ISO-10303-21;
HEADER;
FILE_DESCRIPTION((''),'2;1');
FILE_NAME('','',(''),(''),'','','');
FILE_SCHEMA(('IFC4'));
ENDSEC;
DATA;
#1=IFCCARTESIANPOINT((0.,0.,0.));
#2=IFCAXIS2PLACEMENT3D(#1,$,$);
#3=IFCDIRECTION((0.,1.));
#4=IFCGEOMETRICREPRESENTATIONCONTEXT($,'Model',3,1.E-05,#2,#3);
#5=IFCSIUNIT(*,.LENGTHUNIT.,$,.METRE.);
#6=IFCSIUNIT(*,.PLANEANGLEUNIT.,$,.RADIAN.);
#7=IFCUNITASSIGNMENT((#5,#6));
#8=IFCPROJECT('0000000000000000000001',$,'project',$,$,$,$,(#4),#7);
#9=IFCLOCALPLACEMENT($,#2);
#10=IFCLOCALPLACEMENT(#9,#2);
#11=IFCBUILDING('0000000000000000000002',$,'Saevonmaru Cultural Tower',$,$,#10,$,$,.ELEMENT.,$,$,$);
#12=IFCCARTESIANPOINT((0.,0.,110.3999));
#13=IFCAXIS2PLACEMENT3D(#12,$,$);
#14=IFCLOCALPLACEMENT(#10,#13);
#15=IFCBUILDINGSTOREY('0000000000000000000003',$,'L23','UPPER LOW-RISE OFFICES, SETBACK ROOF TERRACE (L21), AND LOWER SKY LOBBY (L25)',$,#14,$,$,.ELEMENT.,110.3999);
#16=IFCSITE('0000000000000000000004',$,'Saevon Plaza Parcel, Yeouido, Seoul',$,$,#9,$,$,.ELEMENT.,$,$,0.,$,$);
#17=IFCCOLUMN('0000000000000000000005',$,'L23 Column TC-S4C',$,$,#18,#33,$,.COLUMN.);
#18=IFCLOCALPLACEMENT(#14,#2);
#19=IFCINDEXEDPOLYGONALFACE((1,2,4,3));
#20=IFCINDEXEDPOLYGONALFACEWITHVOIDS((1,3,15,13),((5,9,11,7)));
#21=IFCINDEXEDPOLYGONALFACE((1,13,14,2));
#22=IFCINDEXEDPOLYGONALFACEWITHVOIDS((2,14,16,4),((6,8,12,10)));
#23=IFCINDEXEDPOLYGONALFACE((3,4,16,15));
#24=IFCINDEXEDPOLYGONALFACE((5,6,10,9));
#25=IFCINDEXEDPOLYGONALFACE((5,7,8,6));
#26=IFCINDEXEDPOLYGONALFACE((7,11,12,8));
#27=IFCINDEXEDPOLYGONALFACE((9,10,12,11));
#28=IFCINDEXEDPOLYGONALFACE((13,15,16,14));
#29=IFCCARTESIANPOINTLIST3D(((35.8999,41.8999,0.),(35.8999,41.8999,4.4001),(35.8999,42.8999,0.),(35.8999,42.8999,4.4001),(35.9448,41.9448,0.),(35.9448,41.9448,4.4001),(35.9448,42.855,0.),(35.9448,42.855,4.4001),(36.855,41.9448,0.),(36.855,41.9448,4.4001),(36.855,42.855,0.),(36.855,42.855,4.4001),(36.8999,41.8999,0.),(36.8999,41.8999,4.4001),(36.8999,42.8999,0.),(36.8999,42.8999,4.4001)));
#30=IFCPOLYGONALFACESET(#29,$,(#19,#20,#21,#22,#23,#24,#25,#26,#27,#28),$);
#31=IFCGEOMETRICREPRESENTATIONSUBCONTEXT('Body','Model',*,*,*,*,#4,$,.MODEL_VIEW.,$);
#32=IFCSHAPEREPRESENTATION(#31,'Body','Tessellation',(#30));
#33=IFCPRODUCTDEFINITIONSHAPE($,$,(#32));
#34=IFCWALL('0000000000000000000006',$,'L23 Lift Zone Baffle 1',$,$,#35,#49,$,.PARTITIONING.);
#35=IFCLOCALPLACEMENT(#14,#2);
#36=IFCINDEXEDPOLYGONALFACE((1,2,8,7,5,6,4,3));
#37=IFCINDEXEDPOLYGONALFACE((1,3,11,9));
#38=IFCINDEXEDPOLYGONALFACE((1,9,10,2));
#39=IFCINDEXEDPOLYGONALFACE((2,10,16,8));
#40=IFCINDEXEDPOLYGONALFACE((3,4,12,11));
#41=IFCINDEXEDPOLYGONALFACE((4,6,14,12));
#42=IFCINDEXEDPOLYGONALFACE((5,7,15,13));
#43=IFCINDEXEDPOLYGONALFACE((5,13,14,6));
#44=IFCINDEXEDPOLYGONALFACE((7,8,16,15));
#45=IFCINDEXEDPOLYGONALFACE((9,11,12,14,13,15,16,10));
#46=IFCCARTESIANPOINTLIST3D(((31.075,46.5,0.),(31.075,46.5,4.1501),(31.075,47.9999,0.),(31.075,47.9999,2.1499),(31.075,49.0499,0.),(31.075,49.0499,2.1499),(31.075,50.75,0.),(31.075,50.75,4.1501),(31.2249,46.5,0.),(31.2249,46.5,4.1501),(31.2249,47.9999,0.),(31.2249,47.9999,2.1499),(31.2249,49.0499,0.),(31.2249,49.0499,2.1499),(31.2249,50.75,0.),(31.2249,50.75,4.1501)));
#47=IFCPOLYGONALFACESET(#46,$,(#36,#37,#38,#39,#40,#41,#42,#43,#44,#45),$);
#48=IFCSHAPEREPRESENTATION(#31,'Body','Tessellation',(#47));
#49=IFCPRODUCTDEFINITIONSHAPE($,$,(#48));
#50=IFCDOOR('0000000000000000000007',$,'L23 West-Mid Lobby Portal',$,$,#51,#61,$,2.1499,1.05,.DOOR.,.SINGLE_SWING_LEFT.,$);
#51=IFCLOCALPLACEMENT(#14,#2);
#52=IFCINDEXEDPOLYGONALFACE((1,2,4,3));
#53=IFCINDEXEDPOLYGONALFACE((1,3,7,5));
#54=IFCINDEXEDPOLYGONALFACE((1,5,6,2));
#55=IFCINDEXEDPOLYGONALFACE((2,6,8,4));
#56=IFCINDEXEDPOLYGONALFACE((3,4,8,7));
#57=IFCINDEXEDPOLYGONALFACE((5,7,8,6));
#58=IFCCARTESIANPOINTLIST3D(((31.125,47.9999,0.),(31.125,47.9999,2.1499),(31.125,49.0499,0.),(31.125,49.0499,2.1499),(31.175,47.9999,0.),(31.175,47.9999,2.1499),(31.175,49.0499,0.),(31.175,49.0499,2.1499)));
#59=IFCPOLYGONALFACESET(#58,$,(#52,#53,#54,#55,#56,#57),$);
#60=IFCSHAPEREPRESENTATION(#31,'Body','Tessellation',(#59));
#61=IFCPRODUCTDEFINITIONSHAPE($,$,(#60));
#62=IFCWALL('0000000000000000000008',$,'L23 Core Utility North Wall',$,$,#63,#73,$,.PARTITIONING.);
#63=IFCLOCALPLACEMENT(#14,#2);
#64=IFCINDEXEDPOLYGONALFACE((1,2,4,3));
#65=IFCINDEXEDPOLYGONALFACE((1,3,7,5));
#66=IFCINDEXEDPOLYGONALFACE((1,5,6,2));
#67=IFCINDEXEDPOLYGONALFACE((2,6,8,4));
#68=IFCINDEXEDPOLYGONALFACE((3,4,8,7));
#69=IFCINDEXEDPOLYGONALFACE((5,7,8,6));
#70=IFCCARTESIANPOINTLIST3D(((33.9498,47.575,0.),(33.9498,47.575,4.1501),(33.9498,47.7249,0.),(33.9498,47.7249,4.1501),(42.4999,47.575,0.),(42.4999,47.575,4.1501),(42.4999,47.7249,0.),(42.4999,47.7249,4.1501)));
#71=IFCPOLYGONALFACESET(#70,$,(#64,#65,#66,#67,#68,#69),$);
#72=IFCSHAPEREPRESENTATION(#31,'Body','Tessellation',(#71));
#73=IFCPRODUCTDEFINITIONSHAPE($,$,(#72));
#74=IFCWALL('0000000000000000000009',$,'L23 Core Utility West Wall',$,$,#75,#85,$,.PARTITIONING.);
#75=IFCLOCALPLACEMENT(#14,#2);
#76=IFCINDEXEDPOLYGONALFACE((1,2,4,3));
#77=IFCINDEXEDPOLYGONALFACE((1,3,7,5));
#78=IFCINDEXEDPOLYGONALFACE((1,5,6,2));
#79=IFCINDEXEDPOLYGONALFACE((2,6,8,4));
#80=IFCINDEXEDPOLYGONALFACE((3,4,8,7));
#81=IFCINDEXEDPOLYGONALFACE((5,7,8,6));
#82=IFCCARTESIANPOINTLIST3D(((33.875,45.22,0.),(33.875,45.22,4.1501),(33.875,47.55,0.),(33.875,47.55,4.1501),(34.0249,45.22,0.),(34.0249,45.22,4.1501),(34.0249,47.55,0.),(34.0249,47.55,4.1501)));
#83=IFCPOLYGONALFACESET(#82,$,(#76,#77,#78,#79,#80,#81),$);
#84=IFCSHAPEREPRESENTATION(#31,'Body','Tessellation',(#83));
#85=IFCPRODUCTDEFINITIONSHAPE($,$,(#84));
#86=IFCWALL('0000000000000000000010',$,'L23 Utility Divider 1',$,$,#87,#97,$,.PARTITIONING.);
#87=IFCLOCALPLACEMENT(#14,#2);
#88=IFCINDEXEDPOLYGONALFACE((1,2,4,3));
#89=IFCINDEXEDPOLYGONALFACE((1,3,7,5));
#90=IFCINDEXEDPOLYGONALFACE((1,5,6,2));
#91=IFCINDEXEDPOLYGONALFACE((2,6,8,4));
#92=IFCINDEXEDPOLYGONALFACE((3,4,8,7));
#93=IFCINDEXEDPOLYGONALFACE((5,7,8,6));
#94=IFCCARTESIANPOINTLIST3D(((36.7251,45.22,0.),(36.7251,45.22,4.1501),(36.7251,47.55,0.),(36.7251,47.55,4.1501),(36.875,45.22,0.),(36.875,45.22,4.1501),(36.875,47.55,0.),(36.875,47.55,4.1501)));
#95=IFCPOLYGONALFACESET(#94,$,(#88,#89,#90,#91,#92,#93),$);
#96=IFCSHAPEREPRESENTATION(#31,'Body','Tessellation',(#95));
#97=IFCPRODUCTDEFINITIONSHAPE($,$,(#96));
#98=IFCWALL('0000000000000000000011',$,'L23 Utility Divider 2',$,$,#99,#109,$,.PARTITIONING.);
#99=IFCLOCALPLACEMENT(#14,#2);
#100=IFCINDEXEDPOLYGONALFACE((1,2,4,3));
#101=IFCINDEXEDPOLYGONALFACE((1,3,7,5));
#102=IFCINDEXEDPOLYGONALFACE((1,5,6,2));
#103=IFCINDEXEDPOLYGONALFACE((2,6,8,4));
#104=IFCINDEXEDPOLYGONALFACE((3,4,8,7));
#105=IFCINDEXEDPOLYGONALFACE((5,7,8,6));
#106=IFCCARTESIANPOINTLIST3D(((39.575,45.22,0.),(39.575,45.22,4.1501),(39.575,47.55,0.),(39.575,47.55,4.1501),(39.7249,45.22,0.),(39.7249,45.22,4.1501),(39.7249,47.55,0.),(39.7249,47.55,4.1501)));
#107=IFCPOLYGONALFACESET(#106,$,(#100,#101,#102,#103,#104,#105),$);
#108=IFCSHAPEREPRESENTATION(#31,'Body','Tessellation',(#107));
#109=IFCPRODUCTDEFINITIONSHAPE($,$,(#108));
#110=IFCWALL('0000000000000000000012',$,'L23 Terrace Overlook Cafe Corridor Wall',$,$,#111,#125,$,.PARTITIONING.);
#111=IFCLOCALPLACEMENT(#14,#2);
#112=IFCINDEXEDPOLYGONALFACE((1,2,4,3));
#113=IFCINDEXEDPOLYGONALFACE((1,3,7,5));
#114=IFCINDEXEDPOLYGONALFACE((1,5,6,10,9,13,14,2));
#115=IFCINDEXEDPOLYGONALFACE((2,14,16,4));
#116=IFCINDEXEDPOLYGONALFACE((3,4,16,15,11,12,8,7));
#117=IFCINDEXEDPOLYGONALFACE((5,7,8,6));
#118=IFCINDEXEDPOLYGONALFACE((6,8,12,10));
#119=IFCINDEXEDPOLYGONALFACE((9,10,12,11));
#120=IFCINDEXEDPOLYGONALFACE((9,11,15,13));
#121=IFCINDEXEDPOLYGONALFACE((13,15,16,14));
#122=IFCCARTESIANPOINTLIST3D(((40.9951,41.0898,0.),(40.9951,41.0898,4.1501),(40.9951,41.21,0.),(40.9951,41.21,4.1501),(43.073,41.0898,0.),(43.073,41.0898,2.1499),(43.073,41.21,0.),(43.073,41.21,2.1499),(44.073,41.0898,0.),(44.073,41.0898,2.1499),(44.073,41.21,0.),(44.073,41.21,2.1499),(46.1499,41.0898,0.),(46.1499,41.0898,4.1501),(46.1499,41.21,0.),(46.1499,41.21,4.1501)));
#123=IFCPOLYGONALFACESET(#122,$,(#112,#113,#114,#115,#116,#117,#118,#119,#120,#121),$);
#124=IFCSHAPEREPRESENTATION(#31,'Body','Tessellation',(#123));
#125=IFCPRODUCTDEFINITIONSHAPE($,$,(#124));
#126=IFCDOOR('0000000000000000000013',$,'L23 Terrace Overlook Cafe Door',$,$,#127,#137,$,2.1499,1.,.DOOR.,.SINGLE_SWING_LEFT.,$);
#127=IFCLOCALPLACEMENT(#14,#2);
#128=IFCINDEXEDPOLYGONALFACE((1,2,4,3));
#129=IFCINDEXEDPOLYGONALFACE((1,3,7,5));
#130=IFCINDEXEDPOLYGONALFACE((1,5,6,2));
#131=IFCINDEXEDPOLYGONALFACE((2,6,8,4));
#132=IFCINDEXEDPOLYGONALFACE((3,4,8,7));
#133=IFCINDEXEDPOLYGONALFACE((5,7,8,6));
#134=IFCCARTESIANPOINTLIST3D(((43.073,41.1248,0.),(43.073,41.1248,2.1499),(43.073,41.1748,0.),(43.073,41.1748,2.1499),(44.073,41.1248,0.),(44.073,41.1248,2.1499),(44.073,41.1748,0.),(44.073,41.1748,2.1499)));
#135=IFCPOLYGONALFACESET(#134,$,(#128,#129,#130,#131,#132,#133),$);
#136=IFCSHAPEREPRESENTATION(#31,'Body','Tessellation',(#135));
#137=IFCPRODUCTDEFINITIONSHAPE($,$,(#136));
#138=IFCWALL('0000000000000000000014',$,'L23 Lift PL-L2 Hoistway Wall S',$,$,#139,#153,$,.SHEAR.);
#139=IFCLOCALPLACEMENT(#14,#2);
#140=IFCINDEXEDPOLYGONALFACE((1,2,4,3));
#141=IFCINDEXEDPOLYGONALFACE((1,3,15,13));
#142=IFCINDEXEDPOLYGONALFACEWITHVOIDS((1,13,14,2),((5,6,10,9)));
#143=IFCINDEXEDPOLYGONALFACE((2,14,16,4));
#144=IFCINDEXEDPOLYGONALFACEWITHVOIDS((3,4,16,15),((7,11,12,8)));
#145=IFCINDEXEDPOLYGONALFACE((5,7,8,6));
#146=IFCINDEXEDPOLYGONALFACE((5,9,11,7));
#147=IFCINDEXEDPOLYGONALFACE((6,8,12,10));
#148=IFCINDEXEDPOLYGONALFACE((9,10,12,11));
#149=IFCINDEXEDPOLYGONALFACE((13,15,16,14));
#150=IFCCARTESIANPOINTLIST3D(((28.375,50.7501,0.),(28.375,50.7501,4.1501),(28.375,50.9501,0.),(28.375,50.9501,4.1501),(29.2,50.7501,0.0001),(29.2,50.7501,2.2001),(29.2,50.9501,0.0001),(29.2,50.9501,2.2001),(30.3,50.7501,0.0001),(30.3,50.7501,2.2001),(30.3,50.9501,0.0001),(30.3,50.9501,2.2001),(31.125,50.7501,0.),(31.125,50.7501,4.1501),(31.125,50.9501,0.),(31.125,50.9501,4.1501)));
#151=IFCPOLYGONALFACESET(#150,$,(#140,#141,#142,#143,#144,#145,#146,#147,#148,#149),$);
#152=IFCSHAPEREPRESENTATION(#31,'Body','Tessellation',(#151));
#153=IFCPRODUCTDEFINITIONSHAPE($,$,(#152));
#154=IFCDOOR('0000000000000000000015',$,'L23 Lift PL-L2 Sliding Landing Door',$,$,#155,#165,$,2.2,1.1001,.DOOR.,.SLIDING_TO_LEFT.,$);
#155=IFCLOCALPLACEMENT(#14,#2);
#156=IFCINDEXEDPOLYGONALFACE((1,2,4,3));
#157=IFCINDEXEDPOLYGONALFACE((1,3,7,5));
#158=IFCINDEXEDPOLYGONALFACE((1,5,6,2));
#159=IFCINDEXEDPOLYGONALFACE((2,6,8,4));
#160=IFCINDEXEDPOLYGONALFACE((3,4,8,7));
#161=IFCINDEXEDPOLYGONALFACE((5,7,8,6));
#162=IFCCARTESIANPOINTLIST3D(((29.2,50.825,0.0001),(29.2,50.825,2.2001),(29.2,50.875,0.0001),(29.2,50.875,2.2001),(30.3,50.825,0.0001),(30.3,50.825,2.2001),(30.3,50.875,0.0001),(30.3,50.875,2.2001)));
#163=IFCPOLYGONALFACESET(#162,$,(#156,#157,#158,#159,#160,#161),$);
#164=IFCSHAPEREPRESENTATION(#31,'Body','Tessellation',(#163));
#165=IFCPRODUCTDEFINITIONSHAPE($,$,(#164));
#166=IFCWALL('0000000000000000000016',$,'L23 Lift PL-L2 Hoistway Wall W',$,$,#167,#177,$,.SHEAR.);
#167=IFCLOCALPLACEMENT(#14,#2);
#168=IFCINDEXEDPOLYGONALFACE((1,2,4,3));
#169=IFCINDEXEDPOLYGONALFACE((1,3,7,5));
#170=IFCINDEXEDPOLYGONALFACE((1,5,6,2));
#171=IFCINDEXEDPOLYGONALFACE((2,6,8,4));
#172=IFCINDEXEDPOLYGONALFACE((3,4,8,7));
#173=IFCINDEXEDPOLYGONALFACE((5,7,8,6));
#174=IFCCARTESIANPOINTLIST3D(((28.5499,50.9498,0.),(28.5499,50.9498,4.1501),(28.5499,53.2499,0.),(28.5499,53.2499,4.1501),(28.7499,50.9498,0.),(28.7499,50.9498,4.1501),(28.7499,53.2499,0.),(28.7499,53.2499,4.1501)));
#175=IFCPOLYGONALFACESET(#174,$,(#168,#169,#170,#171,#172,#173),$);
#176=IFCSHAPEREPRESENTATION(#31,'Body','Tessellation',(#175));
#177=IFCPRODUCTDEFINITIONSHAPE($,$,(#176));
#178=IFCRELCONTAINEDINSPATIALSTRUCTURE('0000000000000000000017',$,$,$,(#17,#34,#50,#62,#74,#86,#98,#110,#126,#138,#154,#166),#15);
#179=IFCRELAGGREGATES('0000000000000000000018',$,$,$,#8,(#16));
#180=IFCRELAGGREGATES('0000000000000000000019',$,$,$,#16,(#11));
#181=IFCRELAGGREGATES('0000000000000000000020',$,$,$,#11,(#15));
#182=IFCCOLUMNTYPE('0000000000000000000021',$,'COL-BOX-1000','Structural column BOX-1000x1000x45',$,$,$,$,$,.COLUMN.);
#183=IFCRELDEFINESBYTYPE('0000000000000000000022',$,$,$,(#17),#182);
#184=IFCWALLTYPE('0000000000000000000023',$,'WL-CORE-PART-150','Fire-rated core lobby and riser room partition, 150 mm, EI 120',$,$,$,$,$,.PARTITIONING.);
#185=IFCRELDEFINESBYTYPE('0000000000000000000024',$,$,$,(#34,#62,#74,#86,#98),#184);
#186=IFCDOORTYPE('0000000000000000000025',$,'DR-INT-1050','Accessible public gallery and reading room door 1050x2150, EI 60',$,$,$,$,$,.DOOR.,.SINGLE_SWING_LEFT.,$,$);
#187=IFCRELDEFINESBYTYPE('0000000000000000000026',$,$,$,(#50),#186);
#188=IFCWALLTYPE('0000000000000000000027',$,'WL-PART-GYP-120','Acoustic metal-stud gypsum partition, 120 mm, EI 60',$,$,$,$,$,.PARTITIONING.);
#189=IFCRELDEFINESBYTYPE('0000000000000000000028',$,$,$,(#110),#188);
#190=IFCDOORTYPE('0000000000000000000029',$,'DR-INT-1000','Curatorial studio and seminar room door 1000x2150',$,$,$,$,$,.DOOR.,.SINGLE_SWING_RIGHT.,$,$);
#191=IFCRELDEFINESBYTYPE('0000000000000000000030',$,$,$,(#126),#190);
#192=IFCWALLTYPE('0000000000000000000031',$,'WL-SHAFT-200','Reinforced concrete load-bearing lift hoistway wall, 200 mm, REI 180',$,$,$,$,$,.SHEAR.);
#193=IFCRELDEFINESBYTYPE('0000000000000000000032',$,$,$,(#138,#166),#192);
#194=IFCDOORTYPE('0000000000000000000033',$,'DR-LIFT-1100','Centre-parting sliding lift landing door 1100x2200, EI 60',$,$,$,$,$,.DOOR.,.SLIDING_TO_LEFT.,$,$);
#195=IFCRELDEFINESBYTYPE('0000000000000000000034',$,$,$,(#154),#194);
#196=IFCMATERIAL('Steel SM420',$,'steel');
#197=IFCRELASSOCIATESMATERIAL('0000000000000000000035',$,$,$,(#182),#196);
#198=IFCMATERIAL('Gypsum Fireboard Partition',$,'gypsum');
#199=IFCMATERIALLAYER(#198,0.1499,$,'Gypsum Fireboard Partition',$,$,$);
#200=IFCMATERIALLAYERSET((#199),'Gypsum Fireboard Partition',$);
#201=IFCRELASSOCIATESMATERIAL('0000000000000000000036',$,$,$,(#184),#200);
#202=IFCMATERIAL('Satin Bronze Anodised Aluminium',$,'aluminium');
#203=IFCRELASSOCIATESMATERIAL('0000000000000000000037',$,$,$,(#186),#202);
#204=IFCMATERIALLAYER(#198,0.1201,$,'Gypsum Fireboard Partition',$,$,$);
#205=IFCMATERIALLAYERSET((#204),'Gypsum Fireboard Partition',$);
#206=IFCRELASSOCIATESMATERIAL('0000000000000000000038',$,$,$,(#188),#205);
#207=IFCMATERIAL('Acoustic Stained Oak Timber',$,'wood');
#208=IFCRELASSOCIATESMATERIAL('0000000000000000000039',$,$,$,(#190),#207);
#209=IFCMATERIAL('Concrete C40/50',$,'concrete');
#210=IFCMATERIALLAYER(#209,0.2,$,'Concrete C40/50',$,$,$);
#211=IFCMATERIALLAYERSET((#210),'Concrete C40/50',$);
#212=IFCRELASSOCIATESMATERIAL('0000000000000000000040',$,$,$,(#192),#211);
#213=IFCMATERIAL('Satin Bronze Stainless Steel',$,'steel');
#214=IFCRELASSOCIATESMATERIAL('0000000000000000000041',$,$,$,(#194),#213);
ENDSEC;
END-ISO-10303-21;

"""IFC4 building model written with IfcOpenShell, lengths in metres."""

from ifc_helpers import new_model, si_unit, direction, frame, frame_2d, origin, origin_2d, place, context, subcontext, project, spatial, rectangle, hollow_rectangle, extrude, material, layer, layer_set, material_profile, profile_set, type_object, element, fill, save


model = new_model("IFC4")

# Units and contexts
model_context = context("Model", 3, precision=1e-05, world=origin(), true_north=direction((0.0, 1.0)))
body_context = subcontext(model_context, "Body", "Model", "MODEL_VIEW")
ifc_project = project(units=[si_unit("LENGTHUNIT", "METRE"), si_unit("PLANEANGLEUNIT", "RADIAN")], contexts=[model_context])

# Site, building, storey
site_placement = place(None, origin())
site = spatial("IfcSite", under=ifc_project, at=site_placement, Name="Saevon Plaza Parcel, Yeouido, Seoul", CompositionType="ELEMENT", RefElevation=0.0)
building_placement = place(site_placement, origin())
building = spatial("IfcBuilding", under=site, at=building_placement, Name="Saevonmaru Cultural Tower", CompositionType="ELEMENT")
storey_placement = place(building_placement, frame((0.0, 0.0, 110.3999)))
storey = spatial("IfcBuildingStorey", under=building, at=storey_placement, Name="L23", Description="UPPER LOW-RISE OFFICES, SETBACK ROOF TERRACE (L21), AND LOWER SKY LOBBY (L25)", CompositionType="ELEMENT", Elevation=110.3999)

# Column
ifc_material_1 = material(Name="Steel SM420", Category="steel")
ifc_material_profile = material_profile(ifc_material_1, hollow_rectangle(XDim=1.0, YDim=1.0, WallThickness=0.0449, at=origin_2d()), Name="BOX-1000x1000x45")
ifc_profile_set = profile_set([ifc_material_profile], Name="Steel SM420")
column_type = type_object("IfcColumnType", Name="COL-BOX-1000", Description="Structural column BOX-1000x1000x45", PredefinedType="COLUMN", material=ifc_profile_set)
column_placement = place(storey_placement, frame((36.3999, 42.3999, 0.0), z_axis=(0.0, 0.0, 1.0), x_axis=(1.0, 0.0, 0.0)))
element("IfcColumn", 1, at=column_placement, inside=storey, type_object=column_type, Name="L23 Column TC-S4C", PredefinedType="COLUMN", context=body_context, shape_type="SweptSolid", body=[
    extrude(hollow_rectangle(XDim=1.0, YDim=1.0, WallThickness=0.0449, at=origin_2d()), origin(), (0.0, 0.0, 1.0), 4.4001),
])

# Wall, opening, door
ifc_material_2 = material(Name="Gypsum Fireboard Partition", Category="gypsum")
ifc_layer_1 = layer(ifc_material_2, 0.1499, Name="Gypsum Fireboard Partition")
ifc_layer_set_1 = layer_set([ifc_layer_1], Name="Gypsum Fireboard Partition")
wall_type_1 = type_object("IfcWallType", Name="WL-CORE-PART-150", Description="Fire-rated core lobby and riser room partition, 150 mm, EI 120", PredefinedType="PARTITIONING", material=ifc_layer_set_1)
wall_1_placement = place(storey_placement, frame((31.1499, 46.5, 0.0), z_axis=(0.0, 0.0, 1.0), x_axis=(0.0, 1.0, 0.0)))
wall_1 = element("IfcWall", 2, at=wall_1_placement, inside=storey, type_object=wall_type_1, Name="L23 Lift Zone Baffle 1", PredefinedType="PARTITIONING", context=body_context, shape_type="SweptSolid", body=[
    extrude(rectangle(XDim=4.25, YDim=0.1499, at=frame_2d((2.125, 0.0))), origin(), (0.0, 0.0, 1.0), 4.1501),
])
opening_1_placement = place(wall_1_placement, frame((1.5, 0.0, 0.0)))
opening_1 = element("IfcOpeningElement", 3, at=opening_1_placement, cuts=wall_1, PredefinedType="OPENING", context=body_context, shape_type="SweptSolid", body=[
    extrude(rectangle(XDim=1.05, YDim=2.1499, at=frame_2d((0.5249, 1.075))), frame((0.0, 0.085, 0.0), z_axis=(0.0, -1.0, 0.0), x_axis=(1.0, 0.0, 0.0)), (0.0, 0.0, 1.0), 0.1699),
])
ifc_material_3 = material(Name="Satin Bronze Anodised Aluminium", Category="aluminium")
door_type_1 = type_object("IfcDoorType", Name="DR-INT-1050", Description="Accessible public gallery and reading room door 1050x2150, EI 60", OperationType="SINGLE_SWING_LEFT", PredefinedType="DOOR", material=ifc_material_3)
door_1_placement = place(opening_1_placement, origin())
door_1 = element("IfcDoor", 4, at=door_1_placement, inside=storey, type_object=door_type_1, Name="L23 West-Mid Lobby Portal", OperationType="SINGLE_SWING_LEFT", OverallHeight=2.1499, OverallWidth=1.05, PredefinedType="DOOR", context=body_context, shape_type="SweptSolid", body=[
    extrude(rectangle(XDim=1.05, YDim=2.1499, at=frame_2d((0.5249, 1.075))), frame((0.0, 0.0249, 0.0), z_axis=(0.0, -1.0, 0.0), x_axis=(1.0, 0.0, 0.0)), (0.0, 0.0, 1.0), 0.05),
])
fill(opening_1, door_1)

# Walls
wall_2_placement = place(storey_placement, frame((33.95, 47.6499, 0.0), z_axis=(0.0, 0.0, 1.0), x_axis=(1.0, 0.0, 0.0)))
element("IfcWall", 5, at=wall_2_placement, inside=storey, type_object=wall_type_1, Name="L23 Core Utility North Wall", PredefinedType="PARTITIONING", context=body_context, shape_type="SweptSolid", body=[
    extrude(rectangle(XDim=8.55, YDim=0.1499, at=frame_2d((4.2749, 0.0))), origin(), (0.0, 0.0, 1.0), 4.1501),
])
for number, where, z_axis, x_axis, name in (
    (6, (33.95, 45.22, 0.0), (0.0, 0.0, 1.0), (0.0, 1.0, 0.0), "L23 Core Utility West Wall"),
    (7, (36.8, 45.22, 0.0), (0.0, 0.0, 1.0), (0.0, 1.0, 0.0), "L23 Utility Divider 1"),
    (8, (39.6499, 45.22, 0.0), (0.0, 0.0, 1.0), (0.0, 1.0, 0.0), "L23 Utility Divider 2"),
):
    element("IfcWall", number, at=place(storey_placement, frame(where, z_axis=z_axis, x_axis=x_axis)), inside=storey, type_object=wall_type_1, Name=name, PredefinedType="PARTITIONING", context=body_context, shape_type="SweptSolid", body=[
        extrude(rectangle(XDim=2.3301, YDim=0.1499, at=frame_2d((1.165, 0.0))), origin(), (0.0, 0.0, 1.0), 4.1501),
    ])

# Walls, openings, doors
ifc_layer_2 = layer(ifc_material_2, 0.1201, Name="Gypsum Fireboard Partition")
ifc_layer_set_2 = layer_set([ifc_layer_2], Name="Gypsum Fireboard Partition")
wall_type_2 = type_object("IfcWallType", Name="WL-PART-GYP-120", Description="Acoustic metal-stud gypsum partition, 120 mm, EI 60", PredefinedType="PARTITIONING", material=ifc_layer_set_2)
wall_3_placement = place(storey_placement, frame((40.9951, 41.1499, 0.0), z_axis=(0.0, 0.0, 1.0), x_axis=(1.0, 0.0, 0.0)))
wall_3 = element("IfcWall", 9, at=wall_3_placement, inside=storey, type_object=wall_type_2, Name="L23 Terrace Overlook Cafe Corridor Wall", PredefinedType="PARTITIONING", context=body_context, shape_type="SweptSolid", body=[
    extrude(rectangle(XDim=5.1548, YDim=0.1201, at=frame_2d((2.5774, 0.0))), origin(), (0.0, 0.0, 1.0), 4.1501),
])
opening_2_placement = place(wall_3_placement, frame((2.0779, 0.0, 0.0)))
opening_2 = element("IfcOpeningElement", 10, at=opening_2_placement, cuts=wall_3, PredefinedType="OPENING", context=body_context, shape_type="SweptSolid", body=[
    extrude(rectangle(XDim=1.0, YDim=2.1499, at=frame_2d((0.5, 1.075))), frame((0.0, 0.0701, 0.0), z_axis=(0.0, -1.0, 0.0), x_axis=(1.0, 0.0, 0.0)), (0.0, 0.0, 1.0), 0.1401),
])
ifc_material_4 = material(Name="Acoustic Stained Oak Timber", Category="wood")
door_type_2 = type_object("IfcDoorType", Name="DR-INT-1000", Description="Curatorial studio and seminar room door 1000x2150", OperationType="SINGLE_SWING_RIGHT", PredefinedType="DOOR", material=ifc_material_4)
door_2_placement = place(opening_2_placement, origin())
door_2 = element("IfcDoor", 11, at=door_2_placement, inside=storey, type_object=door_type_2, Name="L23 Terrace Overlook Cafe Door", OperationType="SINGLE_SWING_LEFT", OverallHeight=2.1499, OverallWidth=1.0, PredefinedType="DOOR", context=body_context, shape_type="SweptSolid", body=[
    extrude(rectangle(XDim=1.0, YDim=2.1499, at=frame_2d((0.5, 1.075))), frame((0.0, 0.0249, 0.0), z_axis=(0.0, -1.0, 0.0), x_axis=(1.0, 0.0, 0.0)), (0.0, 0.0, 1.0), 0.05),
])
fill(opening_2, door_2)
ifc_material_5 = material(Name="Concrete C40/50", Category="concrete")
ifc_layer_3 = layer(ifc_material_5, 0.2, Name="Concrete C40/50")
ifc_layer_set_3 = layer_set([ifc_layer_3], Name="Concrete C40/50")
wall_type_3 = type_object("IfcWallType", Name="WL-SHAFT-200", Description="Reinforced concrete load-bearing lift hoistway wall, 200 mm, REI 180", PredefinedType="SHEAR", material=ifc_layer_set_3)
wall_4_placement = place(storey_placement, frame((28.375, 50.8501, 0.0), z_axis=(0.0, 0.0, 1.0), x_axis=(1.0, 0.0, 0.0)))
wall_4 = element("IfcWall", 12, at=wall_4_placement, inside=storey, type_object=wall_type_3, Name="L23 Lift PL-L2 Hoistway Wall S", PredefinedType="SHEAR", context=body_context, shape_type="SweptSolid", body=[
    extrude(rectangle(XDim=2.75, YDim=0.2, at=frame_2d((1.375, 0.0))), origin(), (0.0, 0.0, 1.0), 4.1501),
])
opening_3_placement = place(wall_4_placement, frame((0.825, 0.0, 0.0)))
opening_3 = element("IfcOpeningElement", 13, at=opening_3_placement, cuts=wall_4, PredefinedType="OPENING", context=body_context, shape_type="SweptSolid", body=[
    extrude(rectangle(XDim=1.1001, YDim=2.2, at=frame_2d((0.55, 1.1001))), frame((0.0, 0.1099, 0.0), z_axis=(0.0, -1.0, 0.0), x_axis=(1.0, 0.0, 0.0)), (0.0, 0.0, 1.0), 0.22),
])
ifc_material_6 = material(Name="Satin Bronze Stainless Steel", Category="steel")
door_type_3 = type_object("IfcDoorType", Name="DR-LIFT-1100", Description="Centre-parting sliding lift landing door 1100x2200, EI 60", OperationType="SLIDING_TO_LEFT", PredefinedType="DOOR", material=ifc_material_6)
door_3_placement = place(opening_3_placement, origin())
door_3 = element("IfcDoor", 14, at=door_3_placement, inside=storey, type_object=door_type_3, Name="L23 Lift PL-L2 Sliding Landing Door", OperationType="SLIDING_TO_LEFT", OverallHeight=2.2, OverallWidth=1.1001, PredefinedType="DOOR", context=body_context, shape_type="SweptSolid", body=[
    extrude(rectangle(XDim=1.1001, YDim=2.2, at=frame_2d((0.55, 1.1001))), frame((0.0, 0.0249, 0.0), z_axis=(0.0, -1.0, 0.0), x_axis=(1.0, 0.0, 0.0)), (0.0, 0.0, 1.0), 0.05),
])
fill(opening_3, door_3)

# Wall
wall_5_placement = place(storey_placement, frame((28.6499, 50.95, 0.0), z_axis=(0.0, 0.0, 1.0), x_axis=(0.0, 1.0, 0.0)))
element("IfcWall", 15, at=wall_5_placement, inside=storey, type_object=wall_type_3, Name="L23 Lift PL-L2 Hoistway Wall W", PredefinedType="SHEAR", context=body_context, shape_type="SweptSolid", body=[
    extrude(rectangle(XDim=2.3, YDim=0.2, at=frame_2d((1.1499, 0.0))), origin(), (0.0, 0.0, 1.0), 4.1501),
])

save(model, "model.ifc")
